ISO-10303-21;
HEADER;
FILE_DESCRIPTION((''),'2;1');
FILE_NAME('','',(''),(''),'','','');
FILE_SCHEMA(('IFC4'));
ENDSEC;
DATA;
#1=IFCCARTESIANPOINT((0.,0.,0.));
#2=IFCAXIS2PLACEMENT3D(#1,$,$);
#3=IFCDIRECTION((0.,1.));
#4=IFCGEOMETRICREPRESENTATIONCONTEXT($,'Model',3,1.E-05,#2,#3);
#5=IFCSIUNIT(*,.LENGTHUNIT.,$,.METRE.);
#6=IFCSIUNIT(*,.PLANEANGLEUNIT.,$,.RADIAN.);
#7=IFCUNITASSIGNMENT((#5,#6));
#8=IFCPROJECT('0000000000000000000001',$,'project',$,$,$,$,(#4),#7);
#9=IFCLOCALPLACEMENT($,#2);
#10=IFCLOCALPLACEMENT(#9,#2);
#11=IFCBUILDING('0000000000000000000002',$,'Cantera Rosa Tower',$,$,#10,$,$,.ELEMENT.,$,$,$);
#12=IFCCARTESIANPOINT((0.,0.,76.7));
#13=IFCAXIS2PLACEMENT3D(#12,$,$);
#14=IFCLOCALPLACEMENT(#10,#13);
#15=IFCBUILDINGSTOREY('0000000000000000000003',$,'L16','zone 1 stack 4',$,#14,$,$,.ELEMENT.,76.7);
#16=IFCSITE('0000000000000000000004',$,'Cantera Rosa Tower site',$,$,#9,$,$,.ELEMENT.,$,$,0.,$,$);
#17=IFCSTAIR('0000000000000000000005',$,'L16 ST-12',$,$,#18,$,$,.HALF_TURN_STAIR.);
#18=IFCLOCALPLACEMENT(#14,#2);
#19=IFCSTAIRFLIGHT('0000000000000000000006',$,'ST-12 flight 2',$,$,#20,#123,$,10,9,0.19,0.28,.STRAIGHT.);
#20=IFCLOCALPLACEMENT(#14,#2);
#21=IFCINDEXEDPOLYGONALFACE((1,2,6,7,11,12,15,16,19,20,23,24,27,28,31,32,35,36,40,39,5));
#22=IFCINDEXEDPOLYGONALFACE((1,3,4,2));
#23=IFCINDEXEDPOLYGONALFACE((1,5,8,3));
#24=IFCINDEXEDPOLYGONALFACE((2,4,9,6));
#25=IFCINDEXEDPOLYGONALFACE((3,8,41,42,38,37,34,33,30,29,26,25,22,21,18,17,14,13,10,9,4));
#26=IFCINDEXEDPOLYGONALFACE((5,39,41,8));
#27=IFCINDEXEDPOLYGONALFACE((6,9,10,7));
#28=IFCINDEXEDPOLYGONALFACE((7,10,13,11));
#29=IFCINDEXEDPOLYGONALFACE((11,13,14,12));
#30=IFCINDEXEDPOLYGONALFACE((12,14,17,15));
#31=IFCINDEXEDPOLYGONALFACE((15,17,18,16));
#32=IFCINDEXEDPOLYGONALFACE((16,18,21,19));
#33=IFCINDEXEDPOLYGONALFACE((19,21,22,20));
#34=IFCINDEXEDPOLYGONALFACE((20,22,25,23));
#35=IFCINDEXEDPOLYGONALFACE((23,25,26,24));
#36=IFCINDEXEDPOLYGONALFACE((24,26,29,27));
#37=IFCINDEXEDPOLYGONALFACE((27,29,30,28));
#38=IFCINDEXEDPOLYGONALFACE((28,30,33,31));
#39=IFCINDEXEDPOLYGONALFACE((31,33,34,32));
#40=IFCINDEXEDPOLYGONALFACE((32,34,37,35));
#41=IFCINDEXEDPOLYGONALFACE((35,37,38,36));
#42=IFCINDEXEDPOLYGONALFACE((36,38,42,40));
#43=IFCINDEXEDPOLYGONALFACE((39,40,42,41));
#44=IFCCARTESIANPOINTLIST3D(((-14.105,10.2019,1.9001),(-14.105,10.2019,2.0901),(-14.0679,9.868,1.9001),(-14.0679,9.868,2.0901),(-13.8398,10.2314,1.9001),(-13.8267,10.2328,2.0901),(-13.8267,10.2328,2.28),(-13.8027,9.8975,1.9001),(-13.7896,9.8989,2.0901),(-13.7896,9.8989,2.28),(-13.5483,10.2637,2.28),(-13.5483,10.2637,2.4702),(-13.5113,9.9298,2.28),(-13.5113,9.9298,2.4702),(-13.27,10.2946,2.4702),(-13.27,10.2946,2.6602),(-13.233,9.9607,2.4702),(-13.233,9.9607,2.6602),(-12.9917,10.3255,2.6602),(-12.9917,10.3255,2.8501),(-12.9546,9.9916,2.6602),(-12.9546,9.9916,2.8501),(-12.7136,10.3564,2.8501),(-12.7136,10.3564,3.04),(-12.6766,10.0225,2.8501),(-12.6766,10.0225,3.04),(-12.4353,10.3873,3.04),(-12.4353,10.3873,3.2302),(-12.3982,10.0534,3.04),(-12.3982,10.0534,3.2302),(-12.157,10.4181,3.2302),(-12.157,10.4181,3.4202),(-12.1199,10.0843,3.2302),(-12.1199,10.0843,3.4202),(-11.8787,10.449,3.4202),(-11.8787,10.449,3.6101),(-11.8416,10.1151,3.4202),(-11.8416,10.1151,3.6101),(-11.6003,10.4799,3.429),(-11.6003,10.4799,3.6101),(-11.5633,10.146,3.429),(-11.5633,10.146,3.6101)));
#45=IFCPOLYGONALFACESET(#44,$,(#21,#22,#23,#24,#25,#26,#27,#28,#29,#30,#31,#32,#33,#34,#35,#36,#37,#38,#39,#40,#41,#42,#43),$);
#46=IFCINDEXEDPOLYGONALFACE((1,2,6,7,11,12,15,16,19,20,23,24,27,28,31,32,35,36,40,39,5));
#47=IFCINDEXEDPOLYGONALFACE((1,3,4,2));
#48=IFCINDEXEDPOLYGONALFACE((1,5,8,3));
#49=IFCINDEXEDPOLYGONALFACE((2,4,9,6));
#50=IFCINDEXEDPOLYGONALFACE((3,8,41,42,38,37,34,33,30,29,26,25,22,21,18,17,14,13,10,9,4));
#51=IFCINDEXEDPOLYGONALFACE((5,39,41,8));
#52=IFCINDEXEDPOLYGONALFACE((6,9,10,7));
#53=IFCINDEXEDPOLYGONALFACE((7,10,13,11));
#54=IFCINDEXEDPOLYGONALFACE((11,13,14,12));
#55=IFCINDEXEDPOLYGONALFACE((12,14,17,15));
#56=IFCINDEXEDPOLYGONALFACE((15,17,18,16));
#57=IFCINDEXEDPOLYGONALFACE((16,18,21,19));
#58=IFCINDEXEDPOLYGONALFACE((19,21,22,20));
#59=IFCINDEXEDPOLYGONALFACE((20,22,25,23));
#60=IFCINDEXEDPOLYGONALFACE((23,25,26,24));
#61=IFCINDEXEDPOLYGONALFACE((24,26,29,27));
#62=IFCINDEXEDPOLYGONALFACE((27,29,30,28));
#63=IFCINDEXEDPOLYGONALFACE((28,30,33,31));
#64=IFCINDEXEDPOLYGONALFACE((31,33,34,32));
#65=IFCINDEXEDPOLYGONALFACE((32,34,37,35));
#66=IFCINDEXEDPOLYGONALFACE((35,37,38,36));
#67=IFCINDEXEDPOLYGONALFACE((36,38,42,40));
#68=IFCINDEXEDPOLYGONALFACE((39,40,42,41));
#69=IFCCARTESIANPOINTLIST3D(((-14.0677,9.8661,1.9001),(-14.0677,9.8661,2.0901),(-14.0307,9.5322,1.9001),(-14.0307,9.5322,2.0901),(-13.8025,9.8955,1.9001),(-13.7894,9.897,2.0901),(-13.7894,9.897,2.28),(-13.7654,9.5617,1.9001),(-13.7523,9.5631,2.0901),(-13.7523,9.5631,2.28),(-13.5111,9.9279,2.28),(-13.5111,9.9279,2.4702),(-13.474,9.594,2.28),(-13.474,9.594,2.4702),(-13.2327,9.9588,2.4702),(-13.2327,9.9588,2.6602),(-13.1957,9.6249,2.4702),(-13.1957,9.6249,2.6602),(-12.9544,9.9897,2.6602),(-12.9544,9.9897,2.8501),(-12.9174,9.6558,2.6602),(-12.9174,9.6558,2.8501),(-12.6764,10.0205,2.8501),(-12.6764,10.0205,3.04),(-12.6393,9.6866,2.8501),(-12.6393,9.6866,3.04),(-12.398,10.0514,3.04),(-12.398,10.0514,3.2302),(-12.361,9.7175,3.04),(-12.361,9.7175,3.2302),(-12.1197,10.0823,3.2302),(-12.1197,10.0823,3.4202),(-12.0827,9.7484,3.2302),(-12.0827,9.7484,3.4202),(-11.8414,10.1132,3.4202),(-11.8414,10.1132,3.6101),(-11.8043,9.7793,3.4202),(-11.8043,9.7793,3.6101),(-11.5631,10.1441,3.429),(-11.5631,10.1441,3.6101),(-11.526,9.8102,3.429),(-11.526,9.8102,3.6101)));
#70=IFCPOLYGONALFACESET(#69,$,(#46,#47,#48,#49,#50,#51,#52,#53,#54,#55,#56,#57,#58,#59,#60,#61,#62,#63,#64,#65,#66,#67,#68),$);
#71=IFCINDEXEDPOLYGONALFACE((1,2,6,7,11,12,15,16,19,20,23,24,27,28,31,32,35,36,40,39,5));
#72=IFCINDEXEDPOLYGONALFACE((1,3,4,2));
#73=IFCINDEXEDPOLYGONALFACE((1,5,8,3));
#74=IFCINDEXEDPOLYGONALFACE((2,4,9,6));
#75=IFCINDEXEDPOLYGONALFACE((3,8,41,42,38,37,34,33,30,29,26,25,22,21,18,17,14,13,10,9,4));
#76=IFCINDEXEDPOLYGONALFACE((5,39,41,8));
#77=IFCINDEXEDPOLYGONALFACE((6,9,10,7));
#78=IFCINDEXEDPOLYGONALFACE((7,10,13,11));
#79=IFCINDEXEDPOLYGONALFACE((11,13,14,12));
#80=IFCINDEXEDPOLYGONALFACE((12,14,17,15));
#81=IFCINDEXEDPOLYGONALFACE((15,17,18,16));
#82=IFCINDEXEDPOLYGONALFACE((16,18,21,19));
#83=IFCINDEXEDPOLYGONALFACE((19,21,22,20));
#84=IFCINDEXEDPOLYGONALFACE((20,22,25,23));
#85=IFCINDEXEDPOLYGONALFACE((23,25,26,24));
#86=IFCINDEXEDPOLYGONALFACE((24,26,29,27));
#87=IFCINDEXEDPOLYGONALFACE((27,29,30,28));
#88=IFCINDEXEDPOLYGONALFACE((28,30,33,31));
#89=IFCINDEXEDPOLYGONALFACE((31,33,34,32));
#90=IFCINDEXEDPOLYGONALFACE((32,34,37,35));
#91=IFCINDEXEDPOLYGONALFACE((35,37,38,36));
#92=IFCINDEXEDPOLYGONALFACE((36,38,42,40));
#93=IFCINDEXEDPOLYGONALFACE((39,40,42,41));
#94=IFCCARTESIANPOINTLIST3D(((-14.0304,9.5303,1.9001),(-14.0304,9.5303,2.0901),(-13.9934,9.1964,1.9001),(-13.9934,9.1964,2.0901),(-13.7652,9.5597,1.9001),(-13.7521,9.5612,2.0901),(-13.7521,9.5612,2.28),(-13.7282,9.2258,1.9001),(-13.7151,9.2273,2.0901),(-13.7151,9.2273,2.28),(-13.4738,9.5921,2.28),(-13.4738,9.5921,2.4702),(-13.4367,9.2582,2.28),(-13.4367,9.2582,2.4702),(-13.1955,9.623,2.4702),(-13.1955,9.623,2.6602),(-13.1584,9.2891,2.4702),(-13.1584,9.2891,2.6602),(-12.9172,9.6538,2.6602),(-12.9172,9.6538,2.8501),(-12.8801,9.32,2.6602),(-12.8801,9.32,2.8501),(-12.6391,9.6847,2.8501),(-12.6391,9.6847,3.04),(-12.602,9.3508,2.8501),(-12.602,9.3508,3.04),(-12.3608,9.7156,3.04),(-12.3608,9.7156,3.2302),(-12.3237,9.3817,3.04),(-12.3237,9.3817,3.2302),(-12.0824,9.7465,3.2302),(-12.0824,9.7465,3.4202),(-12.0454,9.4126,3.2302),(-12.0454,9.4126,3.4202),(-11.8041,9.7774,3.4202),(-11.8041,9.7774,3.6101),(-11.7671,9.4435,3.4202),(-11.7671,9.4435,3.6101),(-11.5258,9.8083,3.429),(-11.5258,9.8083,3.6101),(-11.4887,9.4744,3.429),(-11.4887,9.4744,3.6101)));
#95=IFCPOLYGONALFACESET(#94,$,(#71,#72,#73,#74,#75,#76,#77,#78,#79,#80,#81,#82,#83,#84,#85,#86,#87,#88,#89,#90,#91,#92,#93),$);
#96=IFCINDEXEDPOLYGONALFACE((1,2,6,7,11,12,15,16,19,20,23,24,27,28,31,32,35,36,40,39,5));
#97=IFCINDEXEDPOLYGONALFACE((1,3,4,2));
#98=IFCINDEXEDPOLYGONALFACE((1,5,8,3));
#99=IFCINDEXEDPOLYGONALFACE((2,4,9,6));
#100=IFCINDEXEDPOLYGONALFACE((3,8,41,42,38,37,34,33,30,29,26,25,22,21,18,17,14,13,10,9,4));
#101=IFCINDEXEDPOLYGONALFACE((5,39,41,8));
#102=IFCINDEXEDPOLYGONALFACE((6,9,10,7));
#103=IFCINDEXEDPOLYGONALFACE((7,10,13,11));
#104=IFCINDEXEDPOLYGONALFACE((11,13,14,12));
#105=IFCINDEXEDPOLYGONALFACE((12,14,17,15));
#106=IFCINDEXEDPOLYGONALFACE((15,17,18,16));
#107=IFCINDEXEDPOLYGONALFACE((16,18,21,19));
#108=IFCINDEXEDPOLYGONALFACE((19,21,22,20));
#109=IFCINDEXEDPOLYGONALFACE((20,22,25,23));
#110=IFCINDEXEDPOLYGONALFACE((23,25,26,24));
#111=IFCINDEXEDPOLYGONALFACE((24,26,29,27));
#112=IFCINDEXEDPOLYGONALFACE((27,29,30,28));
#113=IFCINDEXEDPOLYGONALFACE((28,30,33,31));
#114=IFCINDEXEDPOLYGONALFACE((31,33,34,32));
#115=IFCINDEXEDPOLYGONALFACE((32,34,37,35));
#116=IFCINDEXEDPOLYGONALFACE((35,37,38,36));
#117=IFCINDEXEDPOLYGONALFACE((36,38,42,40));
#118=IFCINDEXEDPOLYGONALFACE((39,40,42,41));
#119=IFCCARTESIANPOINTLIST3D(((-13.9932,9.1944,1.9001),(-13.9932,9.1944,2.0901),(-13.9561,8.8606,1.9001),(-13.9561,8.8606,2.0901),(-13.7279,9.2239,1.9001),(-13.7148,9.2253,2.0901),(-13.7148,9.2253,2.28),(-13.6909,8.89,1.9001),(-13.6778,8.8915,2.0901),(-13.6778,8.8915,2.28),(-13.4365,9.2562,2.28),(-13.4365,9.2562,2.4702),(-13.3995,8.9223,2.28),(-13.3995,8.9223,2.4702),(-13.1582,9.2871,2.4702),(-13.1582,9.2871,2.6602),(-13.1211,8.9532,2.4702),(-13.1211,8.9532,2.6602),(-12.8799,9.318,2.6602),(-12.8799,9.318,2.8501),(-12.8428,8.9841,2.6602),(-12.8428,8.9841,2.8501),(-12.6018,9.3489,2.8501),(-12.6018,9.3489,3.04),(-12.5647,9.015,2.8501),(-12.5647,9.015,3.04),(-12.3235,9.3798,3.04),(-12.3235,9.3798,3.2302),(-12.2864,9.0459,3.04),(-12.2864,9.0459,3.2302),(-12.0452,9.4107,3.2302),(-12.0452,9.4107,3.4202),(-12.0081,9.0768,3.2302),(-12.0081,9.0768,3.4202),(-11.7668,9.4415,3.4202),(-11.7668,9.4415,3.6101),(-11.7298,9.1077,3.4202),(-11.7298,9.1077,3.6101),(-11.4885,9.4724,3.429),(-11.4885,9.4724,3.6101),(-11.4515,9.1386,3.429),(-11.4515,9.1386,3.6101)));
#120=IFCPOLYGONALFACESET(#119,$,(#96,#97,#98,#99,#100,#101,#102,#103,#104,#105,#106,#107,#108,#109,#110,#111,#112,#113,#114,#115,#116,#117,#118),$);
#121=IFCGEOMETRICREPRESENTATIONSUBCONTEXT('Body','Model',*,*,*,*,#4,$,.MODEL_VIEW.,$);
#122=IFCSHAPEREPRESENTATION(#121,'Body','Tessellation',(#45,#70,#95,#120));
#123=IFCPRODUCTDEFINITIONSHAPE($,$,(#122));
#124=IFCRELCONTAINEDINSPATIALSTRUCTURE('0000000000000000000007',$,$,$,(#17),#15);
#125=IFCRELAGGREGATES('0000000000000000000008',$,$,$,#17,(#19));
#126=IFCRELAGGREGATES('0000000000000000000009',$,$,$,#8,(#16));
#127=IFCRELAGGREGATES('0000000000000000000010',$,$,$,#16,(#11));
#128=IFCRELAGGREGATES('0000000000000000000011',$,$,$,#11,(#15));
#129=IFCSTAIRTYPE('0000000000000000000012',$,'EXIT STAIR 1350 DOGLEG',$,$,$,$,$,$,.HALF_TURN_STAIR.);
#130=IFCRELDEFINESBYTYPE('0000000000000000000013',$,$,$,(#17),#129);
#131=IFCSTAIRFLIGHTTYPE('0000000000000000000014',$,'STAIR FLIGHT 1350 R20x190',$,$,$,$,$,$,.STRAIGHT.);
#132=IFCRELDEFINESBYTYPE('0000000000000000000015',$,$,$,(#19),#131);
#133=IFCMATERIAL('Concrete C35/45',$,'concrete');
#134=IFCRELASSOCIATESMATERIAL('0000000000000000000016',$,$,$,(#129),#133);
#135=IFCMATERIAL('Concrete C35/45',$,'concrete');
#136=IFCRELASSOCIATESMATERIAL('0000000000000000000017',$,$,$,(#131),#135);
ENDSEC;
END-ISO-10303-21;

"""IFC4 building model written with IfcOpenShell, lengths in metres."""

from ifc_helpers import new_model, si_unit, direction, frame, origin, place, context, subcontext, project, spatial, polyline, outline, extrude, material, type_object, element, aggregate, save


model = new_model("IFC4")

# Units and contexts
model_context = context("Model", 3, precision=1e-05, world=origin(), true_north=direction((0.0, 1.0)))
body_context = subcontext(model_context, "Body", "Model", "MODEL_VIEW")
ifc_project = project(units=[si_unit("LENGTHUNIT", "METRE"), si_unit("PLANEANGLEUNIT", "RADIAN")], contexts=[model_context])

# Site, building, storey
site_placement = place(None, origin())
site = spatial("IfcSite", under=ifc_project, at=site_placement, Name="Cantera Rosa Tower site", CompositionType="ELEMENT", RefElevation=0.0)
building_placement = place(site_placement, origin())
building = spatial("IfcBuilding", under=site, at=building_placement, Name="Cantera Rosa Tower", CompositionType="ELEMENT")
storey_placement = place(building_placement, frame((0.0, 0.0, 76.7)))
storey = spatial("IfcBuildingStorey", under=building, at=storey_placement, Name="L16", Description="zone 1 stack 4", CompositionType="ELEMENT", Elevation=76.7)

# Stair, stair flight
ifc_material_1 = material(Name="Concrete C35/45", Category="concrete")
stair_type = type_object("IfcStairType", Name="EXIT STAIR 1350 DOGLEG", PredefinedType="HALF_TURN_STAIR", material=ifc_material_1)
stair_placement = place(storey_placement, origin())
stair = element("IfcStair", 1, at=stair_placement, inside=storey, type_object=stair_type, Name="L16 ST-12", PredefinedType="HALF_TURN_STAIR")
ifc_material_2 = material(Name="Concrete C35/45", Category="concrete")
stair_flight_type = type_object("IfcStairFlightType", Name="STAIR FLIGHT 1350 R20x190", PredefinedType="STRAIGHT", material=ifc_material_2)
stair_flight_1_placement = place(storey_placement, frame((-14.0305, 9.531, 1.9001), z_axis=(0.0, 0.0, 1.0), x_axis=(0.993897, 0.110313, 0.0)))
stair_flight_1 = element("IfcStairFlight", 2, at=stair_flight_1_placement, type_object=stair_flight_type, Name="ST-12 flight 2", NumberOfRisers=10, NumberOfTreads=9, PredefinedType="STRAIGHT", RiserHeight=0.19, TreadLength=0.28, context=body_context, shape_type="SweptSolid", body=[
    extrude(outline(polyline([(0.0, 0.0), (0.0, 0.1899), (0.28, 0.1899), (0.28, 0.3799), (0.5601, 0.3799), (0.5601, 0.5701), (0.8401, 0.5701), (0.8401, 0.76), (1.1201, 0.76), (1.1201, 0.95), (1.3999, 0.95), (1.3999, 1.1399), (1.6799, 1.1399), (1.6799, 1.3301), (1.96, 1.3301), (1.96, 1.52), (2.24, 1.52), (2.24, 1.71), (2.52, 1.71), (2.52, 1.8999), (2.52, 1.5288), (0.2668, 0.0), (0.0, 0.0)])), frame((0.0, 0.675, 0.0), z_axis=(0.0, -1.0, 0.0), x_axis=(1.0, 0.0, 0.0)), (0.0, 0.0, 1.0), 0.3359),
    extrude(outline(polyline([(0.0, 0.0), (0.0, 0.1899), (0.28, 0.1899), (0.28, 0.3799), (0.5601, 0.3799), (0.5601, 0.5701), (0.8401, 0.5701), (0.8401, 0.76), (1.1201, 0.76), (1.1201, 0.95), (1.3999, 0.95), (1.3999, 1.1399), (1.6799, 1.1399), (1.6799, 1.3301), (1.96, 1.3301), (1.96, 1.52), (2.24, 1.52), (2.24, 1.71), (2.52, 1.71), (2.52, 1.8999), (2.52, 1.5288), (0.2668, 0.0), (0.0, 0.0)])), frame((0.0, 0.3372, 0.0), z_axis=(0.0, -1.0, 0.0), x_axis=(1.0, 0.0, 0.0)), (0.0, 0.0, 1.0), 0.3359),
    extrude(outline(polyline([(0.0, 0.0), (0.0, 0.1899), (0.28, 0.1899), (0.28, 0.3799), (0.5601, 0.3799), (0.5601, 0.5701), (0.8401, 0.5701), (0.8401, 0.76), (1.1201, 0.76), (1.1201, 0.95), (1.3999, 0.95), (1.3999, 1.1399), (1.6799, 1.1399), (1.6799, 1.3301), (1.96, 1.3301), (1.96, 1.52), (2.24, 1.52), (2.24, 1.71), (2.52, 1.71), (2.52, 1.8999), (2.52, 1.5288), (0.2668, 0.0), (0.0, 0.0)])), frame((0.0, -0.0007, 0.0), z_axis=(0.0, -1.0, 0.0), x_axis=(1.0, 0.0, 0.0)), (0.0, 0.0, 1.0), 0.3359),
    extrude(outline(polyline([(0.0, 0.0), (0.0, 0.1899), (0.28, 0.1899), (0.28, 0.3799), (0.5601, 0.3799), (0.5601, 0.5701), (0.8401, 0.5701), (0.8401, 0.76), (1.1201, 0.76), (1.1201, 0.95), (1.3999, 0.95), (1.3999, 1.1399), (1.6799, 1.1399), (1.6799, 1.3301), (1.96, 1.3301), (1.96, 1.52), (2.24, 1.52), (2.24, 1.71), (2.52, 1.71), (2.52, 1.8999), (2.52, 1.5288), (0.2668, 0.0), (0.0, 0.0)])), frame((0.0, -0.3386, 0.0), z_axis=(0.0, -1.0, 0.0), x_axis=(1.0, 0.0, 0.0)), (0.0, 0.0, 1.0), 0.3359),
])
aggregate(stair, [stair_flight_1])

save(model, "model.ifc")
